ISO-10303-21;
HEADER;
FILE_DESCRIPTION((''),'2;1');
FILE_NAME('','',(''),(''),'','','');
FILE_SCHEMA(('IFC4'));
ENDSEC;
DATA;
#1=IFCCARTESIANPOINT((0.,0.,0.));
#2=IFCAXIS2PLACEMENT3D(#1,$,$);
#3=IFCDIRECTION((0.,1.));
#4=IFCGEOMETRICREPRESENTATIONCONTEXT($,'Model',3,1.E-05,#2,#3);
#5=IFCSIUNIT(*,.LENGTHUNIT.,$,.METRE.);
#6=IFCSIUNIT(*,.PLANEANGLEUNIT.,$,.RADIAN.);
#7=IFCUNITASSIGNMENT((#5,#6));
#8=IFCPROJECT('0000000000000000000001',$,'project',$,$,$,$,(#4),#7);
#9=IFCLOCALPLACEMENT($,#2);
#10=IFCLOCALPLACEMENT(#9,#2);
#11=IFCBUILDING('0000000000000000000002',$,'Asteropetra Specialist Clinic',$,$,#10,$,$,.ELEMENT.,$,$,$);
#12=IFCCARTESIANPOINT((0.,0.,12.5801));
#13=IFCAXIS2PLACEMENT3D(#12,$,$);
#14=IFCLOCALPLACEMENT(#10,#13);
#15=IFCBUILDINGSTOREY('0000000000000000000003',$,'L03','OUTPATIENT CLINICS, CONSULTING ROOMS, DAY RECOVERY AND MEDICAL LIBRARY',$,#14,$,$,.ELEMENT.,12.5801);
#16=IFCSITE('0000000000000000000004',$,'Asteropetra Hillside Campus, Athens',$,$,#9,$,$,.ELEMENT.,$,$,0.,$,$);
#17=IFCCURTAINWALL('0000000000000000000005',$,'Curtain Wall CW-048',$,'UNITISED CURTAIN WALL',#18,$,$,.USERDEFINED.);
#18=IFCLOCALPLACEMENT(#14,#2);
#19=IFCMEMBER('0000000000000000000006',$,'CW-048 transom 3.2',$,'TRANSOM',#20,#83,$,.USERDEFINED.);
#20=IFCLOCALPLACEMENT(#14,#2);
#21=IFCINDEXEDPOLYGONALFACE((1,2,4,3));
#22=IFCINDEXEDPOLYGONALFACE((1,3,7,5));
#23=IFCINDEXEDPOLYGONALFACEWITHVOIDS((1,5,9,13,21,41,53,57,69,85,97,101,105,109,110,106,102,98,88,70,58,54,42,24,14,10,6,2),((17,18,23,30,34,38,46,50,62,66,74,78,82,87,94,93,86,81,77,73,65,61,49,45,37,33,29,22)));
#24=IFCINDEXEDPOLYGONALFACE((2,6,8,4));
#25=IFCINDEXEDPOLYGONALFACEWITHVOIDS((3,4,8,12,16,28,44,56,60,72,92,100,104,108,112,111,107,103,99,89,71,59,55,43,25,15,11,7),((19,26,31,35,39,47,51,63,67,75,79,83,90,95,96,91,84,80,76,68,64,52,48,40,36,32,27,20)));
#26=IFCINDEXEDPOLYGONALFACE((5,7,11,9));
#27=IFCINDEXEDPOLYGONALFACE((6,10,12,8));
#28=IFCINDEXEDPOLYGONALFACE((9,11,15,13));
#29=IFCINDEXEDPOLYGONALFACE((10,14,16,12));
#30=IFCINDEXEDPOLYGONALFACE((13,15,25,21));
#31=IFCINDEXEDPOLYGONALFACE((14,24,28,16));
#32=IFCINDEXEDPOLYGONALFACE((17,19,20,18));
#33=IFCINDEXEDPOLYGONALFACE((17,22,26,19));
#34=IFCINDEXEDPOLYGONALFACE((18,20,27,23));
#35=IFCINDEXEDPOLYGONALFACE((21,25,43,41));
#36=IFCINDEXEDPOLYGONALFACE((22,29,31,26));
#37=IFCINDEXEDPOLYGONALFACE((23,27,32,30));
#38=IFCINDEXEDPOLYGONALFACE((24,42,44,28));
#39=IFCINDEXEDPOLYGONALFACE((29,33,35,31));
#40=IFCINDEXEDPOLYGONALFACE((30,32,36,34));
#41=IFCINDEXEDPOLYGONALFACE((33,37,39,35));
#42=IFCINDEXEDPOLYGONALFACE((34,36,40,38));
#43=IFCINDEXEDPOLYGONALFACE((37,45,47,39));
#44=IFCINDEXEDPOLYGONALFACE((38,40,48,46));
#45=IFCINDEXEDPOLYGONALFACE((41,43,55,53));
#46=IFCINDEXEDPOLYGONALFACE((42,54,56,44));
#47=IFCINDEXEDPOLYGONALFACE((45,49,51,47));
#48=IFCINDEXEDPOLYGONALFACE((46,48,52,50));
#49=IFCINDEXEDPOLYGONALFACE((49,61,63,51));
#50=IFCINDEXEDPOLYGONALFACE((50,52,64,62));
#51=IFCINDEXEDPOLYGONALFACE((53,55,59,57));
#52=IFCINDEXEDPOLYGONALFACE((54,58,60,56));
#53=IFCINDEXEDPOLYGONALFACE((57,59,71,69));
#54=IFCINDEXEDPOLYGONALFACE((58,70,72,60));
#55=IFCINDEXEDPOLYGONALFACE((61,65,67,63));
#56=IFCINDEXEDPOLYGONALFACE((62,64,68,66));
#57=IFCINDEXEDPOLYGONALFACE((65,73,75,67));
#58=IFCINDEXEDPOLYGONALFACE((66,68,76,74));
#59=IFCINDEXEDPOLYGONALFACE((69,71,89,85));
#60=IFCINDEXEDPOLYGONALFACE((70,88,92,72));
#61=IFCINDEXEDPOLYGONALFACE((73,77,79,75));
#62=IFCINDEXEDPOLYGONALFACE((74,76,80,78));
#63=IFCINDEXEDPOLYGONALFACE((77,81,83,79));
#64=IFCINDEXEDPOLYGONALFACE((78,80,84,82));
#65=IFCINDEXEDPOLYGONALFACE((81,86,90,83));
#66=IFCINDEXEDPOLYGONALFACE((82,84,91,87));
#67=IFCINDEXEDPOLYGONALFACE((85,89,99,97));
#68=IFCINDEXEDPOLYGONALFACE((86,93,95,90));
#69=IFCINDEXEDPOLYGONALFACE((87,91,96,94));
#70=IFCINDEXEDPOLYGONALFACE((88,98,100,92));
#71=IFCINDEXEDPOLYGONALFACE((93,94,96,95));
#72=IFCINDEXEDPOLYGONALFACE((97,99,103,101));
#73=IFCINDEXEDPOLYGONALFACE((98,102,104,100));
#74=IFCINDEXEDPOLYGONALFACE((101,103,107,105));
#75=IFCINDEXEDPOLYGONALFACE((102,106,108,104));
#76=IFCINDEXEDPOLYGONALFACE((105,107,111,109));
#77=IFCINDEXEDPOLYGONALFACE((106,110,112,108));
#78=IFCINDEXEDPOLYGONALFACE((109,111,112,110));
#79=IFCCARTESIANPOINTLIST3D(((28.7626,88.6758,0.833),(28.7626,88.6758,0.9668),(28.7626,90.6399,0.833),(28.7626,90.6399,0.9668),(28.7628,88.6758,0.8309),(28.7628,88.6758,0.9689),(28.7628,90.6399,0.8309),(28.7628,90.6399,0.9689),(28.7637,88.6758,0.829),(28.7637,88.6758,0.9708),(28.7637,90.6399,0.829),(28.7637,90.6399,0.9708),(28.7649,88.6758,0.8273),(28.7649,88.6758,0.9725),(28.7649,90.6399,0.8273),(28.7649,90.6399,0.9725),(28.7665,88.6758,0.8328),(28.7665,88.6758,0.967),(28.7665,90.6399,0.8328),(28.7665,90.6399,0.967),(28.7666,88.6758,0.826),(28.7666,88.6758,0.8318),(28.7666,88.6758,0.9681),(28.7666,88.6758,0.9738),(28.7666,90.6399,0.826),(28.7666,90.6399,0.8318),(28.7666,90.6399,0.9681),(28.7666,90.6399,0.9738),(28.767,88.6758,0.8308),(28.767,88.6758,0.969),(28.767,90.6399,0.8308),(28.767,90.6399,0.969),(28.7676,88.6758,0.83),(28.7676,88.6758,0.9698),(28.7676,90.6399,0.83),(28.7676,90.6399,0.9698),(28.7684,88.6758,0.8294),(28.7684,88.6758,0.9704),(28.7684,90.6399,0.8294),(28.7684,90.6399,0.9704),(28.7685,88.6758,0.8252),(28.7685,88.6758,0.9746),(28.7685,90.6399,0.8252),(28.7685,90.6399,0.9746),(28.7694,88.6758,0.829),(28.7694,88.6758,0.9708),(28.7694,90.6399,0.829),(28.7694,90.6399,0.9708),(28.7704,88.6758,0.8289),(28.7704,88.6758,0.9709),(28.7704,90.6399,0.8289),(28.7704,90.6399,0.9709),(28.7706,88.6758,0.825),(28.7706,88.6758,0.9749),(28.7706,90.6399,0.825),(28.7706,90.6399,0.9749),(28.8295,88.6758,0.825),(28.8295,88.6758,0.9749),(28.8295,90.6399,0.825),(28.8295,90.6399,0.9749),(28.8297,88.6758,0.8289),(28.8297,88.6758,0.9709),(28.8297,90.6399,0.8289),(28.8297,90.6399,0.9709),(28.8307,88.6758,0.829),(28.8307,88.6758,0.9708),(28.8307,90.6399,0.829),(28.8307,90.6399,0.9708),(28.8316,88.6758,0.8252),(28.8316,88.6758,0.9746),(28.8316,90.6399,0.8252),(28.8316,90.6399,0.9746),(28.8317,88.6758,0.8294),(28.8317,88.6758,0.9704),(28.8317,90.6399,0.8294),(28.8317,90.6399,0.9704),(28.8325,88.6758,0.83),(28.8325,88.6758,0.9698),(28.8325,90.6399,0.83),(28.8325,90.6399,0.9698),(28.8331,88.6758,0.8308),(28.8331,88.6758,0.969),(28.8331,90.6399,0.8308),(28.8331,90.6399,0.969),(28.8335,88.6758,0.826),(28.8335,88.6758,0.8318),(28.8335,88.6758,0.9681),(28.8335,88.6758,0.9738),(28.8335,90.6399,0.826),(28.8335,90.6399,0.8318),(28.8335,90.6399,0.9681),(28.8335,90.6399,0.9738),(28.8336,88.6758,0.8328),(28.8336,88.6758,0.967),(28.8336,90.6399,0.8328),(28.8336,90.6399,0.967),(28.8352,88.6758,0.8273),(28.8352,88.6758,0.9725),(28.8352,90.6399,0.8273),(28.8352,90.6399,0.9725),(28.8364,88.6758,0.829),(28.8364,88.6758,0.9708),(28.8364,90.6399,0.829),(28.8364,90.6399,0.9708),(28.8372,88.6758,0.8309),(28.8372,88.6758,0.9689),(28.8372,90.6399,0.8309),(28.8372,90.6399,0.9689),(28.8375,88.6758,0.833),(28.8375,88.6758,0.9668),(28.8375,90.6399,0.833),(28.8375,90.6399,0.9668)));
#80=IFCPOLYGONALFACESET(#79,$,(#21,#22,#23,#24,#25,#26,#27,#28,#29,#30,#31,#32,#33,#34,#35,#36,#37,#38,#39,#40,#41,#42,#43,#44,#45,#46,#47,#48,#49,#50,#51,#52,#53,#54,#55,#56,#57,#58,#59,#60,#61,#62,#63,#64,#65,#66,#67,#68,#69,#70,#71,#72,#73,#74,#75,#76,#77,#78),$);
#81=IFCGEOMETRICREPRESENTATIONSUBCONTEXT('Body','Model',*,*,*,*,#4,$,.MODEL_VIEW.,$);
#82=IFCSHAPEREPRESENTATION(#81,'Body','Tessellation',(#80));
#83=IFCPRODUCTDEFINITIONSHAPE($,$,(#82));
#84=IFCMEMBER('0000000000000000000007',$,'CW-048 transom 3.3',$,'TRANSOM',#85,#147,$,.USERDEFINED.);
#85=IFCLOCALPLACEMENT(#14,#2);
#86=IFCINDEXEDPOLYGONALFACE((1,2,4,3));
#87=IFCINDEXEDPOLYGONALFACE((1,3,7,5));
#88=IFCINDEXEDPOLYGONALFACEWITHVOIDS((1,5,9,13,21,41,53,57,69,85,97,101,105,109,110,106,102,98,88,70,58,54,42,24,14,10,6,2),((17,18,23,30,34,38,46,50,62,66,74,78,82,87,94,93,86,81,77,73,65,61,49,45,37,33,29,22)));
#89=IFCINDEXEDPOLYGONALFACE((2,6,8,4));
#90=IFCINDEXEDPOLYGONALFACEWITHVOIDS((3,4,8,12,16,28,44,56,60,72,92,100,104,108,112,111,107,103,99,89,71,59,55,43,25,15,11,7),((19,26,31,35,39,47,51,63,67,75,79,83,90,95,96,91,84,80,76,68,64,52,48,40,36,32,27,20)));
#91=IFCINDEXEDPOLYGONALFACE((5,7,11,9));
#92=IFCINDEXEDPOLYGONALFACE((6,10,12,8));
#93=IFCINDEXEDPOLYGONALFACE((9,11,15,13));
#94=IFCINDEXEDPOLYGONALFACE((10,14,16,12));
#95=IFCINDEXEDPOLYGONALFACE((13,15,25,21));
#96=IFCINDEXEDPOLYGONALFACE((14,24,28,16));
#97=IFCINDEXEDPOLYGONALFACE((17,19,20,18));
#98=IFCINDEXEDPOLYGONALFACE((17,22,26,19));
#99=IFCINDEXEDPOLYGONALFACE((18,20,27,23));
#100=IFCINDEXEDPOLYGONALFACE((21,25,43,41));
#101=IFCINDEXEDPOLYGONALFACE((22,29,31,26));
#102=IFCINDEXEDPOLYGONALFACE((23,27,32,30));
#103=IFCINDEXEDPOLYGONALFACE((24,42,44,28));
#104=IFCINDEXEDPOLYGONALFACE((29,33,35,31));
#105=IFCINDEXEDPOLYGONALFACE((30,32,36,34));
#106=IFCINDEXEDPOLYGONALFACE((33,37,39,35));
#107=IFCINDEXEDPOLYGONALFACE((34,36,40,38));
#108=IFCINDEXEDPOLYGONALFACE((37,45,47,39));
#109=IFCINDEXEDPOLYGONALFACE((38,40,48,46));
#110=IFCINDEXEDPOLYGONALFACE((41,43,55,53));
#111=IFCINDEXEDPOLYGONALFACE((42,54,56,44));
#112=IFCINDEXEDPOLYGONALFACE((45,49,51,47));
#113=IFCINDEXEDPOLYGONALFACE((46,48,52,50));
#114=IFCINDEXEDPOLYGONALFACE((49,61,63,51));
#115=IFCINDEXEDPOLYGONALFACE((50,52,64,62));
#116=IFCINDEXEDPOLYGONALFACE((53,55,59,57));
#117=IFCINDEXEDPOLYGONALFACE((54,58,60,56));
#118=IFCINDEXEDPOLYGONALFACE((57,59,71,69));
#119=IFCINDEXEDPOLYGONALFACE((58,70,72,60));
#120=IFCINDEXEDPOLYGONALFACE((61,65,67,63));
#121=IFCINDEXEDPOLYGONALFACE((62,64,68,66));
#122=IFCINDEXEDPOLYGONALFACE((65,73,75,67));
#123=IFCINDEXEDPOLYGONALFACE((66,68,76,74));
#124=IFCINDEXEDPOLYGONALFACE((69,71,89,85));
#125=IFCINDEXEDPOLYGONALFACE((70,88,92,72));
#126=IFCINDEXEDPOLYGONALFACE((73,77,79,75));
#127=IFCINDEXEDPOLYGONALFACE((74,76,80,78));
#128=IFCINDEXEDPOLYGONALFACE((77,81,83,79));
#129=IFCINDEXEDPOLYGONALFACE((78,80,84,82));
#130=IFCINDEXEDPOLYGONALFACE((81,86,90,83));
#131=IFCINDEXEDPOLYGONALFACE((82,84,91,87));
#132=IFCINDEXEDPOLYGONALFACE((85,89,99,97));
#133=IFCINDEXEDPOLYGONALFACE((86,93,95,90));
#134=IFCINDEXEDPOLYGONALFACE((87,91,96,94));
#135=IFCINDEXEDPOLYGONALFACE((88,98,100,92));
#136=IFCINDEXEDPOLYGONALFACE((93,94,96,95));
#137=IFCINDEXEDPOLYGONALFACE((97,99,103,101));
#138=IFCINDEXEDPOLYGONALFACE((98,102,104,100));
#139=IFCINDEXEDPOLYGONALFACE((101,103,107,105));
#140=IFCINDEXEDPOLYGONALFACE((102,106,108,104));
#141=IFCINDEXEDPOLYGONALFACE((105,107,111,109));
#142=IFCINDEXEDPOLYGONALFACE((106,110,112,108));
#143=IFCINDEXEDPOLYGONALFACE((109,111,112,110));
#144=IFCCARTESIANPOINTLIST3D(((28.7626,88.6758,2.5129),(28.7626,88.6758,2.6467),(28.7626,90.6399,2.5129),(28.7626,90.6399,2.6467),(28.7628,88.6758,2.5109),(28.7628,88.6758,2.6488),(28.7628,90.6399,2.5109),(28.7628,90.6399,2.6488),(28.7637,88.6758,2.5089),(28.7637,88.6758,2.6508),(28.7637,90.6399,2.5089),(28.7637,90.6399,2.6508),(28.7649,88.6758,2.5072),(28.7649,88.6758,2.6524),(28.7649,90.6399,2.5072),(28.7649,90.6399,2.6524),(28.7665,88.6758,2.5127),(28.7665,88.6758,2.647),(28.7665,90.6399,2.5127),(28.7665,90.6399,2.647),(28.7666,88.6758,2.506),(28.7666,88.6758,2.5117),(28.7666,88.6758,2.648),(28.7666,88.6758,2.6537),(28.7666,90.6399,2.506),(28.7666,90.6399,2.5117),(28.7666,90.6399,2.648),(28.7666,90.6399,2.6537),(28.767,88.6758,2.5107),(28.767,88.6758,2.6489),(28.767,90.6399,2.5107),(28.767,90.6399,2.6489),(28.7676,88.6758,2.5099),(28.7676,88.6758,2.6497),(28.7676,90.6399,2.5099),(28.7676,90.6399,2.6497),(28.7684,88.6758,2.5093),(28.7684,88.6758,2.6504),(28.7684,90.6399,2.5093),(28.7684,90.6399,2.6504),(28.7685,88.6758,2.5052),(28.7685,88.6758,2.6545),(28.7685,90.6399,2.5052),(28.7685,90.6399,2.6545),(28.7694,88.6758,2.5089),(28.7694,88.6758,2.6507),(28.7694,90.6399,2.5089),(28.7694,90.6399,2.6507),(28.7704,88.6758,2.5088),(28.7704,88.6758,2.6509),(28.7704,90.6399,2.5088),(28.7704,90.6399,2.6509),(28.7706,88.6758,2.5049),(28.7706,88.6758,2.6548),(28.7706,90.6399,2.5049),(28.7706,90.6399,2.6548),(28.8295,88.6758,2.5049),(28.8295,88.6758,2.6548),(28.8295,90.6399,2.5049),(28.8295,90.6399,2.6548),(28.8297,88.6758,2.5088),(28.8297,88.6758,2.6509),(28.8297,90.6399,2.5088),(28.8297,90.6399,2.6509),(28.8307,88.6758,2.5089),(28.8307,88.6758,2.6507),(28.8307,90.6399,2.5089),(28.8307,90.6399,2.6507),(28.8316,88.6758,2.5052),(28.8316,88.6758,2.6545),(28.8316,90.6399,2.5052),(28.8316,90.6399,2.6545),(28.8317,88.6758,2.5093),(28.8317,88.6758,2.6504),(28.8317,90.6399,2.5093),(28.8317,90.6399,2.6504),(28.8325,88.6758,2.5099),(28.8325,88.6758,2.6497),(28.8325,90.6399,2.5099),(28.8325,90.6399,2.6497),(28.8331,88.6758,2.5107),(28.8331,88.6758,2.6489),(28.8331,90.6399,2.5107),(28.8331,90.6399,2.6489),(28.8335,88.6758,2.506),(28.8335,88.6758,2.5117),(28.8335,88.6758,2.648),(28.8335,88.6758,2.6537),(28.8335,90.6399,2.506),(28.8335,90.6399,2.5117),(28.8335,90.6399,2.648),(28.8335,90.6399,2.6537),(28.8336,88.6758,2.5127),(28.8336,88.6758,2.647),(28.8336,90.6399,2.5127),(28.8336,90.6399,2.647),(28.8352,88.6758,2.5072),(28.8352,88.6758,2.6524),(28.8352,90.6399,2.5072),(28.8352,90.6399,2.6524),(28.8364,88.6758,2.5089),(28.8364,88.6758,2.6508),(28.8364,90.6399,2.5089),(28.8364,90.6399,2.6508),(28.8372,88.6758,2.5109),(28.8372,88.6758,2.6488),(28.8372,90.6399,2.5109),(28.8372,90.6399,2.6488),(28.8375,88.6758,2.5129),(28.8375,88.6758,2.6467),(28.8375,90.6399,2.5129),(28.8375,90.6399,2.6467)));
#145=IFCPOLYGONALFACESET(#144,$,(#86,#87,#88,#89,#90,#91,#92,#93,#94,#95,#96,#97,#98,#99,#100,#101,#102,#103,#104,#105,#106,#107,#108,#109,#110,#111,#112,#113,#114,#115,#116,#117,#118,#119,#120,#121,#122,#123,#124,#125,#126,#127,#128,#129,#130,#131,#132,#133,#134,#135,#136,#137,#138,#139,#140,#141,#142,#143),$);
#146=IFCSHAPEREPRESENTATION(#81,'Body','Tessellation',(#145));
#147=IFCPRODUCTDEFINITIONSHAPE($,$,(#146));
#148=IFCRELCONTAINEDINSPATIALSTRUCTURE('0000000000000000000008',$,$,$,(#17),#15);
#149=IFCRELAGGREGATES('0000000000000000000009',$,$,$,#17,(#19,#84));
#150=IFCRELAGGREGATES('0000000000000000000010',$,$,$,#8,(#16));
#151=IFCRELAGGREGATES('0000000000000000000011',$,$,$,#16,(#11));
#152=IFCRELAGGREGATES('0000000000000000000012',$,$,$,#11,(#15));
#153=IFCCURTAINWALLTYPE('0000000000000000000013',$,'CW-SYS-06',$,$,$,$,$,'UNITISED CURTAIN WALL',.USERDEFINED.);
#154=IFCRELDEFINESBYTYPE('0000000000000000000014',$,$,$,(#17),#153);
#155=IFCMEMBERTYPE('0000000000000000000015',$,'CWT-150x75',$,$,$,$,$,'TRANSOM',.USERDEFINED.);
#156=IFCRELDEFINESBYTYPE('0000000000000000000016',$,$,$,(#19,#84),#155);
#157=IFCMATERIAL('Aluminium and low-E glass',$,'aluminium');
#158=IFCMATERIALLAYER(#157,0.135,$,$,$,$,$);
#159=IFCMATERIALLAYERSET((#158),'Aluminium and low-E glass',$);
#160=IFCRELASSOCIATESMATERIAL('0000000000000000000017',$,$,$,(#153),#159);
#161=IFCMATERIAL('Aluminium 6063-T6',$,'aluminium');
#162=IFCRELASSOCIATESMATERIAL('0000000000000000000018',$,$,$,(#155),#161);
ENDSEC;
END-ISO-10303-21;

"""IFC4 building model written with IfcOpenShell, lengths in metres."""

from ifc_helpers import new_model, si_unit, direction, frame, origin, origin_2d, place, context, subcontext, project, spatial, hollow_rectangle, extrude, material, layer, layer_set, material_profile, profile_set, type_object, element, aggregate, save


model = new_model("IFC4")

# Units and contexts
model_context = context("Model", 3, precision=1e-05, world=origin(), true_north=direction((0.0, 1.0)))
body_context = subcontext(model_context, "Body", "Model", "MODEL_VIEW")
ifc_project = project(units=[si_unit("LENGTHUNIT", "METRE"), si_unit("PLANEANGLEUNIT", "RADIAN")], contexts=[model_context])

# Site, building, storey
site_placement = place(None, origin())
site = spatial("IfcSite", under=ifc_project, at=site_placement, Name="Asteropetra Hillside Campus, Athens", CompositionType="ELEMENT", RefElevation=0.0)
building_placement = place(site_placement, origin())
building = spatial("IfcBuilding", under=site, at=building_placement, Name="Asteropetra Specialist Clinic", CompositionType="ELEMENT")
storey_placement = place(building_placement, frame((0.0, 0.0, 12.5801)))
storey = spatial("IfcBuildingStorey", under=building, at=storey_placement, Name="L03", Description="OUTPATIENT CLINICS, CONSULTING ROOMS, DAY RECOVERY AND MEDICAL LIBRARY", CompositionType="ELEMENT", Elevation=12.5801)

# Curtain wall, members
ifc_material_1 = material(Name="Aluminium and low-E glass", Category="aluminium")
ifc_layer_1 = layer(ifc_material_1, 0.135)
ifc_layer_set_1 = layer_set([ifc_layer_1], Name="Aluminium and low-E glass")
curtain_wall_type = type_object("IfcCurtainWallType", Name="CW-SYS-06", ElementType="UNITISED CURTAIN WALL", PredefinedType="USERDEFINED", material=ifc_layer_set_1)
curtain_wall_placement = place(storey_placement, origin())
curtain_wall = element("IfcCurtainWall", 1, at=curtain_wall_placement, inside=storey, type_object=curtain_wall_type, Name="Curtain Wall CW-048", ObjectType="UNITISED CURTAIN WALL", PredefinedType="USERDEFINED")
ifc_material_2 = material(Name="Aluminium 6063-T6", Category="aluminium")
ifc_material_profile_1 = material_profile(ifc_material_2, hollow_rectangle(XDim=0.075, YDim=0.1499, WallThickness=0.0039, InnerFilletRadius=0.0039, OuterFilletRadius=0.0081, at=origin_2d()), Name="TRN 150x75x4.0")
ifc_profile_set_1 = profile_set([ifc_material_profile_1], Name="Aluminium 6063-T6")
member_type_1 = type_object("IfcMemberType", Name="CWT-150x75", ElementType="TRANSOM", PredefinedType="USERDEFINED", material=ifc_profile_set_1)
member_1_placement = place(storey_placement, frame((28.8, 88.6758, 0.8999), z_axis=(0.0, 1.0, 0.0), x_axis=(-1.0, 0.0, 0.0)))
member_1 = element("IfcMember", 2, at=member_1_placement, type_object=member_type_1, Name="CW-048 transom 3.2", ObjectType="TRANSOM", PredefinedType="USERDEFINED", context=body_context, shape_type="SweptSolid", body=[
    extrude(hollow_rectangle(XDim=0.075, YDim=0.1499, WallThickness=0.0039, InnerFilletRadius=0.0039, OuterFilletRadius=0.0081, at=origin_2d()), origin(), (0.0, 0.0, 1.0), 1.9641),
])
member_2_placement = place(storey_placement, frame((28.8, 88.6758, 2.5798), z_axis=(0.0, 1.0, 0.0), x_axis=(-1.0, 0.0, 0.0)))
member_2 = element("IfcMember", 3, at=member_2_placement, type_object=member_type_1, Name="CW-048 transom 3.3", ObjectType="TRANSOM", PredefinedType="USERDEFINED", context=body_context, shape_type="SweptSolid", body=[
    extrude(hollow_rectangle(XDim=0.075, YDim=0.1499, WallThickness=0.0039, InnerFilletRadius=0.0039, OuterFilletRadius=0.0081, at=origin_2d()), origin(), (0.0, 0.0, 1.0), 1.9641),
])

aggregate(curtain_wall, [member_1, member_2])

save(model, "model.ifc")
